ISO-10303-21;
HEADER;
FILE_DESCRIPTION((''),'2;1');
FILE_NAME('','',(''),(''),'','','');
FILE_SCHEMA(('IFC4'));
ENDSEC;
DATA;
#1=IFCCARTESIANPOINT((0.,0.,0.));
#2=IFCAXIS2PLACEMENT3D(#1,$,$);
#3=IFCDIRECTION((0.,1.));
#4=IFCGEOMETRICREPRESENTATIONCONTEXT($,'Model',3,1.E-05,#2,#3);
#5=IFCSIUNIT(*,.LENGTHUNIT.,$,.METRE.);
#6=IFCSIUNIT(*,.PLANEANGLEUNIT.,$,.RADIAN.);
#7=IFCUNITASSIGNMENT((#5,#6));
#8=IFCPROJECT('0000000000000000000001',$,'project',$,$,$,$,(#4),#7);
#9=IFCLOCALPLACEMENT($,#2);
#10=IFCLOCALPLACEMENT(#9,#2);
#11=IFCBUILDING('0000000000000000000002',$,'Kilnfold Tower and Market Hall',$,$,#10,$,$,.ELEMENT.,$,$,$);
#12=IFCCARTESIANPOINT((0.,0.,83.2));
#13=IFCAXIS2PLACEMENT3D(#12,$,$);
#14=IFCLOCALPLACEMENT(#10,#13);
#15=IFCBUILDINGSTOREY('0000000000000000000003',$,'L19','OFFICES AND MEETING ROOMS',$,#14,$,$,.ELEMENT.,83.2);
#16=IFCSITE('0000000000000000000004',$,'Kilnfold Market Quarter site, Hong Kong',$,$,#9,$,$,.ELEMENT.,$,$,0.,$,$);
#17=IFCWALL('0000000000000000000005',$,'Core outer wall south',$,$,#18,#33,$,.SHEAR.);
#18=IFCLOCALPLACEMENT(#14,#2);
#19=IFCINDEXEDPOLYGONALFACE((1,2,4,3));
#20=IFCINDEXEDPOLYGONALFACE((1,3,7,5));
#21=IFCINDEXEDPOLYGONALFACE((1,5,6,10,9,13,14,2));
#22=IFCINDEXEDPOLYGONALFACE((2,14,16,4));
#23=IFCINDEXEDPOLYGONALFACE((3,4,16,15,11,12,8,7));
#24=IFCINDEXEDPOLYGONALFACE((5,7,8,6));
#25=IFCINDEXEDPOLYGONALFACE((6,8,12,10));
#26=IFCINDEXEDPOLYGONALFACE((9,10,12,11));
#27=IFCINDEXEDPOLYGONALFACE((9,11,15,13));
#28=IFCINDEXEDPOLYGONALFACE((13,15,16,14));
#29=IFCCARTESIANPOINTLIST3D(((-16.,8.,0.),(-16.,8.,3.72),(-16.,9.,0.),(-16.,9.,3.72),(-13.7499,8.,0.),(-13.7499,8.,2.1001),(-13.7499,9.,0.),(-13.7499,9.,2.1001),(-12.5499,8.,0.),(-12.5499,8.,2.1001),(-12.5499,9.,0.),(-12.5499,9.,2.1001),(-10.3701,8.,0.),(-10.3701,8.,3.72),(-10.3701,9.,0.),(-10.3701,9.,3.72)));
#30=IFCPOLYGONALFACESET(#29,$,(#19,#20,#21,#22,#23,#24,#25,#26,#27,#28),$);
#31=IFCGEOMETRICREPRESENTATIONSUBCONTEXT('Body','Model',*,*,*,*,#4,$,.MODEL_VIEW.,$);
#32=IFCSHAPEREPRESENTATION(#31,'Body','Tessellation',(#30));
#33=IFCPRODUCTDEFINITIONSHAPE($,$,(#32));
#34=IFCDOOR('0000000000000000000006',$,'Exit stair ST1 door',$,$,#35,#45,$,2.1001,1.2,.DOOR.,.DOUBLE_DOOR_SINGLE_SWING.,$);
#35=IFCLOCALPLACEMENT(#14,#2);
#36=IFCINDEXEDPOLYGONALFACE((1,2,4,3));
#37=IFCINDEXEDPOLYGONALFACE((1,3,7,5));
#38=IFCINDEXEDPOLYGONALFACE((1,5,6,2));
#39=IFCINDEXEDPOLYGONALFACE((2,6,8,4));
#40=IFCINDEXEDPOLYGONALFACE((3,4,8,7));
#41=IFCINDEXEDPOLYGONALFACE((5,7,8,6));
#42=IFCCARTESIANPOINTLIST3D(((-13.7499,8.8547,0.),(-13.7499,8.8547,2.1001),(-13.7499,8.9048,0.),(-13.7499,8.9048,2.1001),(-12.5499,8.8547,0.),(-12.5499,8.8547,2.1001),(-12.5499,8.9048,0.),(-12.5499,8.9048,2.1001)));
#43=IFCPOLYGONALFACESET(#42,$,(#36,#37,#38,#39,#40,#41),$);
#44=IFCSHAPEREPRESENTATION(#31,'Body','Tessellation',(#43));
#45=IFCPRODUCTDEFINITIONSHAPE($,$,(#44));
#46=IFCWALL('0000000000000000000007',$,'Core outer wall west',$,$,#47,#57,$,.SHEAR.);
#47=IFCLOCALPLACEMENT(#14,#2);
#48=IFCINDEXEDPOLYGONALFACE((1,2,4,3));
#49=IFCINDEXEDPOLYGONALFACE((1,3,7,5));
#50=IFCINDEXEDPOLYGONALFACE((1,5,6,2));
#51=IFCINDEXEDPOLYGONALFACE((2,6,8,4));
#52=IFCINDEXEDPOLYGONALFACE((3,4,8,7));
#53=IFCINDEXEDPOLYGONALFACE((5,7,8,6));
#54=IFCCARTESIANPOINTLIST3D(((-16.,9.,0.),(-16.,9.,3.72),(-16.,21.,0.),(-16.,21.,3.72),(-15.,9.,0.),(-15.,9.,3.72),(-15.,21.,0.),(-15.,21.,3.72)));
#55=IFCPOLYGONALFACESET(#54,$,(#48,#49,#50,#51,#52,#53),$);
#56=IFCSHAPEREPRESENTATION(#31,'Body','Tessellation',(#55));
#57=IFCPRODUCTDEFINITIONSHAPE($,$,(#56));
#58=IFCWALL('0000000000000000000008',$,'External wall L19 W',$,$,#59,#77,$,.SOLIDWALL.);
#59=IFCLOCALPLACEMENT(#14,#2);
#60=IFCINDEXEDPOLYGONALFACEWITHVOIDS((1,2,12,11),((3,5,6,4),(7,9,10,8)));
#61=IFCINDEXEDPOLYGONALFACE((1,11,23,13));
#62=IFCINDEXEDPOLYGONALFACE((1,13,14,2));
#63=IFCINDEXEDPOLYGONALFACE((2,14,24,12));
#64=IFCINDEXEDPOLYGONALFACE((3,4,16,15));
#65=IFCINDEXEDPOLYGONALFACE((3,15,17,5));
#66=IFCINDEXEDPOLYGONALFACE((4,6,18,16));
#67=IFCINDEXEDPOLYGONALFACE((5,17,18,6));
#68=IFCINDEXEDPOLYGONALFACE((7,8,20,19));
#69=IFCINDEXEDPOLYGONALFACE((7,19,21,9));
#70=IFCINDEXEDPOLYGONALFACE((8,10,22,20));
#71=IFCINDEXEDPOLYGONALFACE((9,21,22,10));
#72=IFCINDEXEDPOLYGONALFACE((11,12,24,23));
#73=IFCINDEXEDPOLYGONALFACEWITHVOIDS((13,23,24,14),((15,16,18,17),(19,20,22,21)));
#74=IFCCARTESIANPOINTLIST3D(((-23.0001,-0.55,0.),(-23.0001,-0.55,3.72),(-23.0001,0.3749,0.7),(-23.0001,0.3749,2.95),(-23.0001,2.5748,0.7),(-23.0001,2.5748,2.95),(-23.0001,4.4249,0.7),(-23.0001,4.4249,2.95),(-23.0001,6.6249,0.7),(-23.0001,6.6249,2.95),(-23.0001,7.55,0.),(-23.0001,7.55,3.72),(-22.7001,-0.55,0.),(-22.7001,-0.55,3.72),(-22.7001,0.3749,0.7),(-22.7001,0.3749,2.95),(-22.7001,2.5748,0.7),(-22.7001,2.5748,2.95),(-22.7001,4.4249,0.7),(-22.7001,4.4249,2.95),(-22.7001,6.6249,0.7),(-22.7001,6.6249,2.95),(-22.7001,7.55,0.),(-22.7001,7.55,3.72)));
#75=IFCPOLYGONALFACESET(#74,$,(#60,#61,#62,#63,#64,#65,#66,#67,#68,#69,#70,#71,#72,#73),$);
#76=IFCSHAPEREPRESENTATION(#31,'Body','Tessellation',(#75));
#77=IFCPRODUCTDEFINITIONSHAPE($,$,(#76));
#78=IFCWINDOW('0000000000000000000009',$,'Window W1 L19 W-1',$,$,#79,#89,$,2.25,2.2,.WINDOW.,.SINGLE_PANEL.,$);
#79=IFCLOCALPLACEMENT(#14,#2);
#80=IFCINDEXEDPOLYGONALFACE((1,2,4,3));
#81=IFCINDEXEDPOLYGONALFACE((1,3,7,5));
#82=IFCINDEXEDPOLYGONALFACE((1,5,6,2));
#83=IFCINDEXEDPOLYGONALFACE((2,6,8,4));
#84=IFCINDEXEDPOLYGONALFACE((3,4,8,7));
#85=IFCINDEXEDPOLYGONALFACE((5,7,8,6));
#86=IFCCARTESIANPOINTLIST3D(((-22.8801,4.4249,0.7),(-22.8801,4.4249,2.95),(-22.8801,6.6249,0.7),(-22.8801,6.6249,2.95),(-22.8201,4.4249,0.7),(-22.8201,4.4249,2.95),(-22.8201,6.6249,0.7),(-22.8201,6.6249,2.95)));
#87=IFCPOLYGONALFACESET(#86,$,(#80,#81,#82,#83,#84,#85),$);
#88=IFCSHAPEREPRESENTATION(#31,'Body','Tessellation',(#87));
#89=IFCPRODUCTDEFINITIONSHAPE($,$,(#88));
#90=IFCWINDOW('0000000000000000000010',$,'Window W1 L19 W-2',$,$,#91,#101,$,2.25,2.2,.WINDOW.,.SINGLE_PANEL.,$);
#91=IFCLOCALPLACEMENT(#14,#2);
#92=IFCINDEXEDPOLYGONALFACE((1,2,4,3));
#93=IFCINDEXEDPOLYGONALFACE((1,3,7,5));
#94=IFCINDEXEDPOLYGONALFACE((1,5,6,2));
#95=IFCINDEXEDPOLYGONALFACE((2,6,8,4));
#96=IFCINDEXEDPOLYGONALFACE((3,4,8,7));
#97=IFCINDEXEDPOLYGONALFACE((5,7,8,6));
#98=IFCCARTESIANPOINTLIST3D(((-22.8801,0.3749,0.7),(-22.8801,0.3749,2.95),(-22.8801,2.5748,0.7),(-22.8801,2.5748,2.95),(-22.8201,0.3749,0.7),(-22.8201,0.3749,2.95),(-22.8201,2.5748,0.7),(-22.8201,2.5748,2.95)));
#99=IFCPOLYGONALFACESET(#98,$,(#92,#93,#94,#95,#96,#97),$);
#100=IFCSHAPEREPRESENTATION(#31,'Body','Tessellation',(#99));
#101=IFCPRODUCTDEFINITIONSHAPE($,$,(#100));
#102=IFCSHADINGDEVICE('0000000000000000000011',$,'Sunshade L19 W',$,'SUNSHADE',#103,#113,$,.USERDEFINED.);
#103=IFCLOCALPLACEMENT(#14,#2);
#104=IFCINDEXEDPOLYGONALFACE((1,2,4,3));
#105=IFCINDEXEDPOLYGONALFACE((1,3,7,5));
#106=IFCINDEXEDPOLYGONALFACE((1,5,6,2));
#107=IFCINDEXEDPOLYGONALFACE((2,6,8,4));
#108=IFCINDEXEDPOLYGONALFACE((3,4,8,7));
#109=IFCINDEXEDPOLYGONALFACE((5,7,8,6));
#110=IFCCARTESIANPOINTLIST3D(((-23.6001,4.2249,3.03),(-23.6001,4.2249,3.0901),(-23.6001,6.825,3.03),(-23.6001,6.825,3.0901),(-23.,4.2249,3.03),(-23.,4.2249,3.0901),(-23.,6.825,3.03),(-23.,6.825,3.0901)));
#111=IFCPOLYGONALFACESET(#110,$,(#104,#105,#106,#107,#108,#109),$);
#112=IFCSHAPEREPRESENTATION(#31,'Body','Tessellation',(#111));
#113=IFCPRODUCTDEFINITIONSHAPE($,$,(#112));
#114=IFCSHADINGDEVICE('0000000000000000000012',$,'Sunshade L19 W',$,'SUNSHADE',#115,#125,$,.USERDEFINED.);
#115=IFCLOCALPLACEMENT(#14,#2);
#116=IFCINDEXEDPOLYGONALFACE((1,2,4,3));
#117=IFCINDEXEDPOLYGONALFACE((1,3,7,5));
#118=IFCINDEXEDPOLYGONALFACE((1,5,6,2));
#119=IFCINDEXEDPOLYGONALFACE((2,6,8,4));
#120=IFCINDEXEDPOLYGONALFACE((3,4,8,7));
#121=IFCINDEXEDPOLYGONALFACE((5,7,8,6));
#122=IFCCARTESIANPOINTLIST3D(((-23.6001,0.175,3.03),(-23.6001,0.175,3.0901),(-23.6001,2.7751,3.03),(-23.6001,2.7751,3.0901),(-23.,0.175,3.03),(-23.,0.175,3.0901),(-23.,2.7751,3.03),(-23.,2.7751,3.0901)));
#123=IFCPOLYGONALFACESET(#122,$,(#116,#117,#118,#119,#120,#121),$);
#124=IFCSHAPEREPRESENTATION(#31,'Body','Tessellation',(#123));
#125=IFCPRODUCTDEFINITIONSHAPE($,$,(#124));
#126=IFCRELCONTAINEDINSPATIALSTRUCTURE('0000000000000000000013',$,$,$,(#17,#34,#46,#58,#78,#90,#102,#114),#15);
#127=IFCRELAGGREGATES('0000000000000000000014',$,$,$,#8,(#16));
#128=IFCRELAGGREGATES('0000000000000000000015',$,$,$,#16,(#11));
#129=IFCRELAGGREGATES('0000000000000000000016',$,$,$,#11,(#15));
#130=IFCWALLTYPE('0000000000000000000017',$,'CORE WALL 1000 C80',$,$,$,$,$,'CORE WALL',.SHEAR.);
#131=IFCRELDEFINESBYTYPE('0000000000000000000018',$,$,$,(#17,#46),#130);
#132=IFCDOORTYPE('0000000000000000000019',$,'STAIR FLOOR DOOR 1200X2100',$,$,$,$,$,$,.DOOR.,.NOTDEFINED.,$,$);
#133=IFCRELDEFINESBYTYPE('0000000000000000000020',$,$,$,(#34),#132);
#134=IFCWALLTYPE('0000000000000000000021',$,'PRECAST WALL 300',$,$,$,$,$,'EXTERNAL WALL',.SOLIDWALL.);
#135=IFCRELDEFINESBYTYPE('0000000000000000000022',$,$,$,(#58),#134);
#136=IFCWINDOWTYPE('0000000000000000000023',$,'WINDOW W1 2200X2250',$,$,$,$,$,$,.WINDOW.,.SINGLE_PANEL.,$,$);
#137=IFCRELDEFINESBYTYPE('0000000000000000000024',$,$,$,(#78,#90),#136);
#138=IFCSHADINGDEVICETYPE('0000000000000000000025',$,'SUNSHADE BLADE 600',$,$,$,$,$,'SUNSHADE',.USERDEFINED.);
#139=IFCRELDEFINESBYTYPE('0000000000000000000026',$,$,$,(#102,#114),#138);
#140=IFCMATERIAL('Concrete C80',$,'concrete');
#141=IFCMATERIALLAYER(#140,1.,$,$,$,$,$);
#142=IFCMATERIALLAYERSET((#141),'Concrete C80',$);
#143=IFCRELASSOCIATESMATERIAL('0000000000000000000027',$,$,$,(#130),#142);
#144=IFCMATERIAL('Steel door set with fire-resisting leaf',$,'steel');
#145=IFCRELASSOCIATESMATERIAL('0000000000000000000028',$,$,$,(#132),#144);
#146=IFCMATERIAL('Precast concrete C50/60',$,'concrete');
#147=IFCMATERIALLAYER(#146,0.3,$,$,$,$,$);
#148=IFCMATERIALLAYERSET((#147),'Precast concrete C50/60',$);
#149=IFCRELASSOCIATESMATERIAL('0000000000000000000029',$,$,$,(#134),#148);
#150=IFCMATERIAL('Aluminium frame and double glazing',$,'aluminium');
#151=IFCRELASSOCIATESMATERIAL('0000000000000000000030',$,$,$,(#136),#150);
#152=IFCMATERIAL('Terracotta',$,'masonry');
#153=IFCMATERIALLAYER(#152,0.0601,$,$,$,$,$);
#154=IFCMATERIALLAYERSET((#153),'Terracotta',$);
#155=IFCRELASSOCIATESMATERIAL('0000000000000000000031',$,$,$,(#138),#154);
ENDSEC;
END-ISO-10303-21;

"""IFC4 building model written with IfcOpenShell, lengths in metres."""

from ifc_helpers import new_model, si_unit, direction, frame, frame_2d, origin, origin_2d, place, context, subcontext, project, spatial, rectangle, extrude, source, transform, mapped, material, layer, layer_set, type_object, element, fill, save


model = new_model("IFC4")

# Units and contexts
model_context = context("Model", 3, precision=1e-05, world=origin(), true_north=direction((0.0, 1.0)))
body_context = subcontext(model_context, "Body", "Model", "MODEL_VIEW")
ifc_project = project(units=[si_unit("LENGTHUNIT", "METRE"), si_unit("PLANEANGLEUNIT", "RADIAN")], contexts=[model_context])

# Site, building, storey
site_placement = place(None, origin())
site = spatial("IfcSite", under=ifc_project, at=site_placement, Name="Kilnfold Market Quarter site, Hong Kong", CompositionType="ELEMENT", RefElevation=0.0)
building_placement = place(site_placement, origin())
building = spatial("IfcBuilding", under=site, at=building_placement, Name="Kilnfold Tower and Market Hall", CompositionType="ELEMENT")
storey_placement = place(building_placement, frame((0.0, 0.0, 83.2)))
storey = spatial("IfcBuildingStorey", under=building, at=storey_placement, Name="L19", Description="OFFICES AND MEETING ROOMS", CompositionType="ELEMENT", Elevation=83.2)

# Wall, opening, door
ifc_material_1 = material(Name="Concrete C80", Category="concrete")
ifc_layer_1 = layer(ifc_material_1, 1.0)
ifc_layer_set_1 = layer_set([ifc_layer_1], Name="Concrete C80")
wall_type_1 = type_object("IfcWallType", Name="CORE WALL 1000 C80", ElementType="CORE WALL", PredefinedType="SHEAR", material=ifc_layer_set_1)
shared_shape_1 = source(origin(), body_context, "Body", "SweptSolid", [
    extrude(rectangle(XDim=5.6299, YDim=1.0, at=frame_2d((2.8149, 0.0))), origin(), (0.0, 0.0, 1.0), 3.72),
])
wall_1_placement = place(storey_placement, frame((-16.0, 8.5, 0.0), z_axis=(0.0, 0.0, 1.0), x_axis=(1.0, 0.0, 0.0)))
wall_1 = element("IfcWall", 1, at=wall_1_placement, inside=storey, type_object=wall_type_1, Name="Core outer wall south", PredefinedType="SHEAR", context=body_context, shape_type="MappedRepresentation", body=[
    mapped(shared_shape_1, transform((0.0, 0.0, 0.0))),
])
opening_1_placement = place(wall_1_placement, frame((2.25, 0.0, 0.0)))
opening_1 = element("IfcOpeningElement", 2, at=opening_1_placement, cuts=wall_1, PredefinedType="OPENING", context=body_context, shape_type="SweptSolid", body=[
    extrude(rectangle(XDim=1.2, YDim=2.1001, at=frame_2d((0.6001, 1.05))), frame((0.0, 0.51, 0.0), z_axis=(0.0, -1.0, 0.0), x_axis=(1.0, 0.0, 0.0)), (0.0, 0.0, 1.0), 1.02),
])
ifc_material_2 = material(Name="Steel door set with fire-resisting leaf", Category="steel")
door_type_1 = type_object("IfcDoorType", Name="STAIR FLOOR DOOR 1200X2100", OperationType="NOTDEFINED", PredefinedType="DOOR", material=ifc_material_2)
door_1_placement = place(opening_1_placement, origin())
door_1 = element("IfcDoor", 3, at=door_1_placement, inside=storey, type_object=door_type_1, Name="Exit stair ST1 door", OperationType="DOUBLE_DOOR_SINGLE_SWING", OverallHeight=2.1001, OverallWidth=1.2, PredefinedType="DOOR", context=body_context, shape_type="SweptSolid", body=[
    extrude(rectangle(XDim=1.2, YDim=2.1001, at=frame_2d((0.6001, 1.05))), frame((0.0, 0.4048, 0.0), z_axis=(0.0, -1.0, 0.0), x_axis=(1.0, 0.0, 0.0)), (0.0, 0.0, 1.0), 0.05),
])
fill(opening_1, door_1)

# Wall
shared_shape_2 = source(origin(), body_context, "Body", "SweptSolid", [
    extrude(rectangle(XDim=12.0, YDim=1.0, at=frame_2d((6.0, 0.0))), origin(), (0.0, 0.0, 1.0), 3.72),
])
wall_2_placement = place(storey_placement, frame((-15.5, 9.0, 0.0), z_axis=(0.0, 0.0, 1.0), x_axis=(0.0, 1.0, 0.0)))
element("IfcWall", 4, at=wall_2_placement, inside=storey, type_object=wall_type_1, Name="Core outer wall west", PredefinedType="SHEAR", context=body_context, shape_type="MappedRepresentation", body=[
    mapped(shared_shape_2, transform((0.0, 0.0, 0.0))),
])

# Wall, openings, windows
ifc_material_3 = material(Name="Precast concrete C50/60", Category="concrete")
ifc_layer_2 = layer(ifc_material_3, 0.3)
ifc_layer_set_2 = layer_set([ifc_layer_2], Name="Precast concrete C50/60")
wall_type_2 = type_object("IfcWallType", Name="PRECAST WALL 300", ElementType="EXTERNAL WALL", PredefinedType="SOLIDWALL", material=ifc_layer_set_2)
shared_shape_3 = source(origin(), body_context, "Body", "SweptSolid", [
    extrude(rectangle(XDim=8.1001, YDim=0.3, at=frame_2d((4.05, 0.0))), origin(), (0.0, 0.0, 1.0), 3.72),
])
wall_3_placement = place(storey_placement, frame((-22.8501, 7.55, 0.0), z_axis=(0.0, 0.0, 1.0), x_axis=(0.0, -1.0, 0.0)))
wall_3 = element("IfcWall", 5, at=wall_3_placement, inside=storey, type_object=wall_type_2, Name="External wall L19 W", PredefinedType="SOLIDWALL", context=body_context, shape_type="MappedRepresentation", body=[
    mapped(shared_shape_3, transform((0.0, 0.0, 0.0))),
])
opening_2_placement = place(wall_3_placement, frame((0.925, 0.0, 0.7)))
opening_2 = element("IfcOpeningElement", 6, at=opening_2_placement, cuts=wall_3, PredefinedType="OPENING", context=body_context, shape_type="SweptSolid", body=[
    extrude(rectangle(XDim=2.2, YDim=2.25, at=frame_2d((1.1001, 1.125))), frame((0.0, 0.1602, 0.0), z_axis=(0.0, -1.0, 0.0), x_axis=(1.0, 0.0, 0.0)), (0.0, 0.0, 1.0), 0.3201),
])
opening_3_placement = place(wall_3_placement, frame((4.9751, 0.0, 0.7)))
opening_3 = element("IfcOpeningElement", 7, at=opening_3_placement, cuts=wall_3, PredefinedType="OPENING", context=body_context, shape_type="SweptSolid", body=[
    extrude(rectangle(XDim=2.2, YDim=2.25, at=frame_2d((1.1001, 1.125))), frame((0.0, 0.1602, 0.0), z_axis=(0.0, -1.0, 0.0), x_axis=(1.0, 0.0, 0.0)), (0.0, 0.0, 1.0), 0.3201),
])
ifc_material_4 = material(Name="Aluminium frame and double glazing", Category="aluminium")
window_type = type_object("IfcWindowType", Name="WINDOW W1 2200X2250", PartitioningType="SINGLE_PANEL", PredefinedType="WINDOW", material=ifc_material_4)
window_1_placement = place(opening_2_placement, origin())
window_1 = element("IfcWindow", 8, at=window_1_placement, inside=storey, type_object=window_type, Name="Window W1 L19 W-1", OverallHeight=2.25, OverallWidth=2.2, PartitioningType="SINGLE_PANEL", PredefinedType="WINDOW", context=body_context, shape_type="SweptSolid", body=[
    extrude(rectangle(XDim=2.2, YDim=2.25, at=frame_2d((1.1001, 1.125))), frame((0.0, 0.03, 0.0), z_axis=(0.0, -1.0, 0.0), x_axis=(1.0, 0.0, 0.0)), (0.0, 0.0, 1.0), 0.0601),
])
fill(opening_2, window_1)
window_2_placement = place(opening_3_placement, origin())
window_2 = element("IfcWindow", 9, at=window_2_placement, inside=storey, type_object=window_type, Name="Window W1 L19 W-2", OverallHeight=2.25, OverallWidth=2.2, PartitioningType="SINGLE_PANEL", PredefinedType="WINDOW", context=body_context, shape_type="SweptSolid", body=[
    extrude(rectangle(XDim=2.2, YDim=2.25, at=frame_2d((1.1001, 1.125))), frame((0.0, 0.03, 0.0), z_axis=(0.0, -1.0, 0.0), x_axis=(1.0, 0.0, 0.0)), (0.0, 0.0, 1.0), 0.0601),
])
fill(opening_3, window_2)

# Shading devices
ifc_material_5 = material(Name="Terracotta", Category="masonry")
ifc_layer_3 = layer(ifc_material_5, 0.0601)
ifc_layer_set_3 = layer_set([ifc_layer_3], Name="Terracotta")
shading_device_type = type_object("IfcShadingDeviceType", Name="SUNSHADE BLADE 600", ElementType="SUNSHADE", PredefinedType="USERDEFINED", material=ifc_layer_set_3)
shared_shape_4 = source(origin(), body_context, "Body", "SweptSolid", [
    extrude(rectangle(XDim=2.6001, YDim=0.6001, at=origin_2d()), origin(), (0.0, 0.0, 1.0), 0.0601),
])
for number, where, z_axis, x_axis, name in (
    (10, (-23.3, 5.5249, 3.03), (0.0, 0.0, 1.0), (0.0, -1.0, 0.0), "Sunshade L19 W"),
    (11, (-23.3, 1.4751, 3.03), (0.0, 0.0, 1.0), (0.0, -1.0, 0.0), "Sunshade L19 W"),
):
    element("IfcShadingDevice", number, at=place(storey_placement, frame(where, z_axis=z_axis, x_axis=x_axis)), inside=storey, type_object=shading_device_type, Name=name, ObjectType="SUNSHADE", PredefinedType="USERDEFINED", context=body_context, shape_type="MappedRepresentation", body=[
        mapped(shared_shape_4, transform((0.0, 0.0, 0.0))),
    ])

save(model, "model.ifc")
